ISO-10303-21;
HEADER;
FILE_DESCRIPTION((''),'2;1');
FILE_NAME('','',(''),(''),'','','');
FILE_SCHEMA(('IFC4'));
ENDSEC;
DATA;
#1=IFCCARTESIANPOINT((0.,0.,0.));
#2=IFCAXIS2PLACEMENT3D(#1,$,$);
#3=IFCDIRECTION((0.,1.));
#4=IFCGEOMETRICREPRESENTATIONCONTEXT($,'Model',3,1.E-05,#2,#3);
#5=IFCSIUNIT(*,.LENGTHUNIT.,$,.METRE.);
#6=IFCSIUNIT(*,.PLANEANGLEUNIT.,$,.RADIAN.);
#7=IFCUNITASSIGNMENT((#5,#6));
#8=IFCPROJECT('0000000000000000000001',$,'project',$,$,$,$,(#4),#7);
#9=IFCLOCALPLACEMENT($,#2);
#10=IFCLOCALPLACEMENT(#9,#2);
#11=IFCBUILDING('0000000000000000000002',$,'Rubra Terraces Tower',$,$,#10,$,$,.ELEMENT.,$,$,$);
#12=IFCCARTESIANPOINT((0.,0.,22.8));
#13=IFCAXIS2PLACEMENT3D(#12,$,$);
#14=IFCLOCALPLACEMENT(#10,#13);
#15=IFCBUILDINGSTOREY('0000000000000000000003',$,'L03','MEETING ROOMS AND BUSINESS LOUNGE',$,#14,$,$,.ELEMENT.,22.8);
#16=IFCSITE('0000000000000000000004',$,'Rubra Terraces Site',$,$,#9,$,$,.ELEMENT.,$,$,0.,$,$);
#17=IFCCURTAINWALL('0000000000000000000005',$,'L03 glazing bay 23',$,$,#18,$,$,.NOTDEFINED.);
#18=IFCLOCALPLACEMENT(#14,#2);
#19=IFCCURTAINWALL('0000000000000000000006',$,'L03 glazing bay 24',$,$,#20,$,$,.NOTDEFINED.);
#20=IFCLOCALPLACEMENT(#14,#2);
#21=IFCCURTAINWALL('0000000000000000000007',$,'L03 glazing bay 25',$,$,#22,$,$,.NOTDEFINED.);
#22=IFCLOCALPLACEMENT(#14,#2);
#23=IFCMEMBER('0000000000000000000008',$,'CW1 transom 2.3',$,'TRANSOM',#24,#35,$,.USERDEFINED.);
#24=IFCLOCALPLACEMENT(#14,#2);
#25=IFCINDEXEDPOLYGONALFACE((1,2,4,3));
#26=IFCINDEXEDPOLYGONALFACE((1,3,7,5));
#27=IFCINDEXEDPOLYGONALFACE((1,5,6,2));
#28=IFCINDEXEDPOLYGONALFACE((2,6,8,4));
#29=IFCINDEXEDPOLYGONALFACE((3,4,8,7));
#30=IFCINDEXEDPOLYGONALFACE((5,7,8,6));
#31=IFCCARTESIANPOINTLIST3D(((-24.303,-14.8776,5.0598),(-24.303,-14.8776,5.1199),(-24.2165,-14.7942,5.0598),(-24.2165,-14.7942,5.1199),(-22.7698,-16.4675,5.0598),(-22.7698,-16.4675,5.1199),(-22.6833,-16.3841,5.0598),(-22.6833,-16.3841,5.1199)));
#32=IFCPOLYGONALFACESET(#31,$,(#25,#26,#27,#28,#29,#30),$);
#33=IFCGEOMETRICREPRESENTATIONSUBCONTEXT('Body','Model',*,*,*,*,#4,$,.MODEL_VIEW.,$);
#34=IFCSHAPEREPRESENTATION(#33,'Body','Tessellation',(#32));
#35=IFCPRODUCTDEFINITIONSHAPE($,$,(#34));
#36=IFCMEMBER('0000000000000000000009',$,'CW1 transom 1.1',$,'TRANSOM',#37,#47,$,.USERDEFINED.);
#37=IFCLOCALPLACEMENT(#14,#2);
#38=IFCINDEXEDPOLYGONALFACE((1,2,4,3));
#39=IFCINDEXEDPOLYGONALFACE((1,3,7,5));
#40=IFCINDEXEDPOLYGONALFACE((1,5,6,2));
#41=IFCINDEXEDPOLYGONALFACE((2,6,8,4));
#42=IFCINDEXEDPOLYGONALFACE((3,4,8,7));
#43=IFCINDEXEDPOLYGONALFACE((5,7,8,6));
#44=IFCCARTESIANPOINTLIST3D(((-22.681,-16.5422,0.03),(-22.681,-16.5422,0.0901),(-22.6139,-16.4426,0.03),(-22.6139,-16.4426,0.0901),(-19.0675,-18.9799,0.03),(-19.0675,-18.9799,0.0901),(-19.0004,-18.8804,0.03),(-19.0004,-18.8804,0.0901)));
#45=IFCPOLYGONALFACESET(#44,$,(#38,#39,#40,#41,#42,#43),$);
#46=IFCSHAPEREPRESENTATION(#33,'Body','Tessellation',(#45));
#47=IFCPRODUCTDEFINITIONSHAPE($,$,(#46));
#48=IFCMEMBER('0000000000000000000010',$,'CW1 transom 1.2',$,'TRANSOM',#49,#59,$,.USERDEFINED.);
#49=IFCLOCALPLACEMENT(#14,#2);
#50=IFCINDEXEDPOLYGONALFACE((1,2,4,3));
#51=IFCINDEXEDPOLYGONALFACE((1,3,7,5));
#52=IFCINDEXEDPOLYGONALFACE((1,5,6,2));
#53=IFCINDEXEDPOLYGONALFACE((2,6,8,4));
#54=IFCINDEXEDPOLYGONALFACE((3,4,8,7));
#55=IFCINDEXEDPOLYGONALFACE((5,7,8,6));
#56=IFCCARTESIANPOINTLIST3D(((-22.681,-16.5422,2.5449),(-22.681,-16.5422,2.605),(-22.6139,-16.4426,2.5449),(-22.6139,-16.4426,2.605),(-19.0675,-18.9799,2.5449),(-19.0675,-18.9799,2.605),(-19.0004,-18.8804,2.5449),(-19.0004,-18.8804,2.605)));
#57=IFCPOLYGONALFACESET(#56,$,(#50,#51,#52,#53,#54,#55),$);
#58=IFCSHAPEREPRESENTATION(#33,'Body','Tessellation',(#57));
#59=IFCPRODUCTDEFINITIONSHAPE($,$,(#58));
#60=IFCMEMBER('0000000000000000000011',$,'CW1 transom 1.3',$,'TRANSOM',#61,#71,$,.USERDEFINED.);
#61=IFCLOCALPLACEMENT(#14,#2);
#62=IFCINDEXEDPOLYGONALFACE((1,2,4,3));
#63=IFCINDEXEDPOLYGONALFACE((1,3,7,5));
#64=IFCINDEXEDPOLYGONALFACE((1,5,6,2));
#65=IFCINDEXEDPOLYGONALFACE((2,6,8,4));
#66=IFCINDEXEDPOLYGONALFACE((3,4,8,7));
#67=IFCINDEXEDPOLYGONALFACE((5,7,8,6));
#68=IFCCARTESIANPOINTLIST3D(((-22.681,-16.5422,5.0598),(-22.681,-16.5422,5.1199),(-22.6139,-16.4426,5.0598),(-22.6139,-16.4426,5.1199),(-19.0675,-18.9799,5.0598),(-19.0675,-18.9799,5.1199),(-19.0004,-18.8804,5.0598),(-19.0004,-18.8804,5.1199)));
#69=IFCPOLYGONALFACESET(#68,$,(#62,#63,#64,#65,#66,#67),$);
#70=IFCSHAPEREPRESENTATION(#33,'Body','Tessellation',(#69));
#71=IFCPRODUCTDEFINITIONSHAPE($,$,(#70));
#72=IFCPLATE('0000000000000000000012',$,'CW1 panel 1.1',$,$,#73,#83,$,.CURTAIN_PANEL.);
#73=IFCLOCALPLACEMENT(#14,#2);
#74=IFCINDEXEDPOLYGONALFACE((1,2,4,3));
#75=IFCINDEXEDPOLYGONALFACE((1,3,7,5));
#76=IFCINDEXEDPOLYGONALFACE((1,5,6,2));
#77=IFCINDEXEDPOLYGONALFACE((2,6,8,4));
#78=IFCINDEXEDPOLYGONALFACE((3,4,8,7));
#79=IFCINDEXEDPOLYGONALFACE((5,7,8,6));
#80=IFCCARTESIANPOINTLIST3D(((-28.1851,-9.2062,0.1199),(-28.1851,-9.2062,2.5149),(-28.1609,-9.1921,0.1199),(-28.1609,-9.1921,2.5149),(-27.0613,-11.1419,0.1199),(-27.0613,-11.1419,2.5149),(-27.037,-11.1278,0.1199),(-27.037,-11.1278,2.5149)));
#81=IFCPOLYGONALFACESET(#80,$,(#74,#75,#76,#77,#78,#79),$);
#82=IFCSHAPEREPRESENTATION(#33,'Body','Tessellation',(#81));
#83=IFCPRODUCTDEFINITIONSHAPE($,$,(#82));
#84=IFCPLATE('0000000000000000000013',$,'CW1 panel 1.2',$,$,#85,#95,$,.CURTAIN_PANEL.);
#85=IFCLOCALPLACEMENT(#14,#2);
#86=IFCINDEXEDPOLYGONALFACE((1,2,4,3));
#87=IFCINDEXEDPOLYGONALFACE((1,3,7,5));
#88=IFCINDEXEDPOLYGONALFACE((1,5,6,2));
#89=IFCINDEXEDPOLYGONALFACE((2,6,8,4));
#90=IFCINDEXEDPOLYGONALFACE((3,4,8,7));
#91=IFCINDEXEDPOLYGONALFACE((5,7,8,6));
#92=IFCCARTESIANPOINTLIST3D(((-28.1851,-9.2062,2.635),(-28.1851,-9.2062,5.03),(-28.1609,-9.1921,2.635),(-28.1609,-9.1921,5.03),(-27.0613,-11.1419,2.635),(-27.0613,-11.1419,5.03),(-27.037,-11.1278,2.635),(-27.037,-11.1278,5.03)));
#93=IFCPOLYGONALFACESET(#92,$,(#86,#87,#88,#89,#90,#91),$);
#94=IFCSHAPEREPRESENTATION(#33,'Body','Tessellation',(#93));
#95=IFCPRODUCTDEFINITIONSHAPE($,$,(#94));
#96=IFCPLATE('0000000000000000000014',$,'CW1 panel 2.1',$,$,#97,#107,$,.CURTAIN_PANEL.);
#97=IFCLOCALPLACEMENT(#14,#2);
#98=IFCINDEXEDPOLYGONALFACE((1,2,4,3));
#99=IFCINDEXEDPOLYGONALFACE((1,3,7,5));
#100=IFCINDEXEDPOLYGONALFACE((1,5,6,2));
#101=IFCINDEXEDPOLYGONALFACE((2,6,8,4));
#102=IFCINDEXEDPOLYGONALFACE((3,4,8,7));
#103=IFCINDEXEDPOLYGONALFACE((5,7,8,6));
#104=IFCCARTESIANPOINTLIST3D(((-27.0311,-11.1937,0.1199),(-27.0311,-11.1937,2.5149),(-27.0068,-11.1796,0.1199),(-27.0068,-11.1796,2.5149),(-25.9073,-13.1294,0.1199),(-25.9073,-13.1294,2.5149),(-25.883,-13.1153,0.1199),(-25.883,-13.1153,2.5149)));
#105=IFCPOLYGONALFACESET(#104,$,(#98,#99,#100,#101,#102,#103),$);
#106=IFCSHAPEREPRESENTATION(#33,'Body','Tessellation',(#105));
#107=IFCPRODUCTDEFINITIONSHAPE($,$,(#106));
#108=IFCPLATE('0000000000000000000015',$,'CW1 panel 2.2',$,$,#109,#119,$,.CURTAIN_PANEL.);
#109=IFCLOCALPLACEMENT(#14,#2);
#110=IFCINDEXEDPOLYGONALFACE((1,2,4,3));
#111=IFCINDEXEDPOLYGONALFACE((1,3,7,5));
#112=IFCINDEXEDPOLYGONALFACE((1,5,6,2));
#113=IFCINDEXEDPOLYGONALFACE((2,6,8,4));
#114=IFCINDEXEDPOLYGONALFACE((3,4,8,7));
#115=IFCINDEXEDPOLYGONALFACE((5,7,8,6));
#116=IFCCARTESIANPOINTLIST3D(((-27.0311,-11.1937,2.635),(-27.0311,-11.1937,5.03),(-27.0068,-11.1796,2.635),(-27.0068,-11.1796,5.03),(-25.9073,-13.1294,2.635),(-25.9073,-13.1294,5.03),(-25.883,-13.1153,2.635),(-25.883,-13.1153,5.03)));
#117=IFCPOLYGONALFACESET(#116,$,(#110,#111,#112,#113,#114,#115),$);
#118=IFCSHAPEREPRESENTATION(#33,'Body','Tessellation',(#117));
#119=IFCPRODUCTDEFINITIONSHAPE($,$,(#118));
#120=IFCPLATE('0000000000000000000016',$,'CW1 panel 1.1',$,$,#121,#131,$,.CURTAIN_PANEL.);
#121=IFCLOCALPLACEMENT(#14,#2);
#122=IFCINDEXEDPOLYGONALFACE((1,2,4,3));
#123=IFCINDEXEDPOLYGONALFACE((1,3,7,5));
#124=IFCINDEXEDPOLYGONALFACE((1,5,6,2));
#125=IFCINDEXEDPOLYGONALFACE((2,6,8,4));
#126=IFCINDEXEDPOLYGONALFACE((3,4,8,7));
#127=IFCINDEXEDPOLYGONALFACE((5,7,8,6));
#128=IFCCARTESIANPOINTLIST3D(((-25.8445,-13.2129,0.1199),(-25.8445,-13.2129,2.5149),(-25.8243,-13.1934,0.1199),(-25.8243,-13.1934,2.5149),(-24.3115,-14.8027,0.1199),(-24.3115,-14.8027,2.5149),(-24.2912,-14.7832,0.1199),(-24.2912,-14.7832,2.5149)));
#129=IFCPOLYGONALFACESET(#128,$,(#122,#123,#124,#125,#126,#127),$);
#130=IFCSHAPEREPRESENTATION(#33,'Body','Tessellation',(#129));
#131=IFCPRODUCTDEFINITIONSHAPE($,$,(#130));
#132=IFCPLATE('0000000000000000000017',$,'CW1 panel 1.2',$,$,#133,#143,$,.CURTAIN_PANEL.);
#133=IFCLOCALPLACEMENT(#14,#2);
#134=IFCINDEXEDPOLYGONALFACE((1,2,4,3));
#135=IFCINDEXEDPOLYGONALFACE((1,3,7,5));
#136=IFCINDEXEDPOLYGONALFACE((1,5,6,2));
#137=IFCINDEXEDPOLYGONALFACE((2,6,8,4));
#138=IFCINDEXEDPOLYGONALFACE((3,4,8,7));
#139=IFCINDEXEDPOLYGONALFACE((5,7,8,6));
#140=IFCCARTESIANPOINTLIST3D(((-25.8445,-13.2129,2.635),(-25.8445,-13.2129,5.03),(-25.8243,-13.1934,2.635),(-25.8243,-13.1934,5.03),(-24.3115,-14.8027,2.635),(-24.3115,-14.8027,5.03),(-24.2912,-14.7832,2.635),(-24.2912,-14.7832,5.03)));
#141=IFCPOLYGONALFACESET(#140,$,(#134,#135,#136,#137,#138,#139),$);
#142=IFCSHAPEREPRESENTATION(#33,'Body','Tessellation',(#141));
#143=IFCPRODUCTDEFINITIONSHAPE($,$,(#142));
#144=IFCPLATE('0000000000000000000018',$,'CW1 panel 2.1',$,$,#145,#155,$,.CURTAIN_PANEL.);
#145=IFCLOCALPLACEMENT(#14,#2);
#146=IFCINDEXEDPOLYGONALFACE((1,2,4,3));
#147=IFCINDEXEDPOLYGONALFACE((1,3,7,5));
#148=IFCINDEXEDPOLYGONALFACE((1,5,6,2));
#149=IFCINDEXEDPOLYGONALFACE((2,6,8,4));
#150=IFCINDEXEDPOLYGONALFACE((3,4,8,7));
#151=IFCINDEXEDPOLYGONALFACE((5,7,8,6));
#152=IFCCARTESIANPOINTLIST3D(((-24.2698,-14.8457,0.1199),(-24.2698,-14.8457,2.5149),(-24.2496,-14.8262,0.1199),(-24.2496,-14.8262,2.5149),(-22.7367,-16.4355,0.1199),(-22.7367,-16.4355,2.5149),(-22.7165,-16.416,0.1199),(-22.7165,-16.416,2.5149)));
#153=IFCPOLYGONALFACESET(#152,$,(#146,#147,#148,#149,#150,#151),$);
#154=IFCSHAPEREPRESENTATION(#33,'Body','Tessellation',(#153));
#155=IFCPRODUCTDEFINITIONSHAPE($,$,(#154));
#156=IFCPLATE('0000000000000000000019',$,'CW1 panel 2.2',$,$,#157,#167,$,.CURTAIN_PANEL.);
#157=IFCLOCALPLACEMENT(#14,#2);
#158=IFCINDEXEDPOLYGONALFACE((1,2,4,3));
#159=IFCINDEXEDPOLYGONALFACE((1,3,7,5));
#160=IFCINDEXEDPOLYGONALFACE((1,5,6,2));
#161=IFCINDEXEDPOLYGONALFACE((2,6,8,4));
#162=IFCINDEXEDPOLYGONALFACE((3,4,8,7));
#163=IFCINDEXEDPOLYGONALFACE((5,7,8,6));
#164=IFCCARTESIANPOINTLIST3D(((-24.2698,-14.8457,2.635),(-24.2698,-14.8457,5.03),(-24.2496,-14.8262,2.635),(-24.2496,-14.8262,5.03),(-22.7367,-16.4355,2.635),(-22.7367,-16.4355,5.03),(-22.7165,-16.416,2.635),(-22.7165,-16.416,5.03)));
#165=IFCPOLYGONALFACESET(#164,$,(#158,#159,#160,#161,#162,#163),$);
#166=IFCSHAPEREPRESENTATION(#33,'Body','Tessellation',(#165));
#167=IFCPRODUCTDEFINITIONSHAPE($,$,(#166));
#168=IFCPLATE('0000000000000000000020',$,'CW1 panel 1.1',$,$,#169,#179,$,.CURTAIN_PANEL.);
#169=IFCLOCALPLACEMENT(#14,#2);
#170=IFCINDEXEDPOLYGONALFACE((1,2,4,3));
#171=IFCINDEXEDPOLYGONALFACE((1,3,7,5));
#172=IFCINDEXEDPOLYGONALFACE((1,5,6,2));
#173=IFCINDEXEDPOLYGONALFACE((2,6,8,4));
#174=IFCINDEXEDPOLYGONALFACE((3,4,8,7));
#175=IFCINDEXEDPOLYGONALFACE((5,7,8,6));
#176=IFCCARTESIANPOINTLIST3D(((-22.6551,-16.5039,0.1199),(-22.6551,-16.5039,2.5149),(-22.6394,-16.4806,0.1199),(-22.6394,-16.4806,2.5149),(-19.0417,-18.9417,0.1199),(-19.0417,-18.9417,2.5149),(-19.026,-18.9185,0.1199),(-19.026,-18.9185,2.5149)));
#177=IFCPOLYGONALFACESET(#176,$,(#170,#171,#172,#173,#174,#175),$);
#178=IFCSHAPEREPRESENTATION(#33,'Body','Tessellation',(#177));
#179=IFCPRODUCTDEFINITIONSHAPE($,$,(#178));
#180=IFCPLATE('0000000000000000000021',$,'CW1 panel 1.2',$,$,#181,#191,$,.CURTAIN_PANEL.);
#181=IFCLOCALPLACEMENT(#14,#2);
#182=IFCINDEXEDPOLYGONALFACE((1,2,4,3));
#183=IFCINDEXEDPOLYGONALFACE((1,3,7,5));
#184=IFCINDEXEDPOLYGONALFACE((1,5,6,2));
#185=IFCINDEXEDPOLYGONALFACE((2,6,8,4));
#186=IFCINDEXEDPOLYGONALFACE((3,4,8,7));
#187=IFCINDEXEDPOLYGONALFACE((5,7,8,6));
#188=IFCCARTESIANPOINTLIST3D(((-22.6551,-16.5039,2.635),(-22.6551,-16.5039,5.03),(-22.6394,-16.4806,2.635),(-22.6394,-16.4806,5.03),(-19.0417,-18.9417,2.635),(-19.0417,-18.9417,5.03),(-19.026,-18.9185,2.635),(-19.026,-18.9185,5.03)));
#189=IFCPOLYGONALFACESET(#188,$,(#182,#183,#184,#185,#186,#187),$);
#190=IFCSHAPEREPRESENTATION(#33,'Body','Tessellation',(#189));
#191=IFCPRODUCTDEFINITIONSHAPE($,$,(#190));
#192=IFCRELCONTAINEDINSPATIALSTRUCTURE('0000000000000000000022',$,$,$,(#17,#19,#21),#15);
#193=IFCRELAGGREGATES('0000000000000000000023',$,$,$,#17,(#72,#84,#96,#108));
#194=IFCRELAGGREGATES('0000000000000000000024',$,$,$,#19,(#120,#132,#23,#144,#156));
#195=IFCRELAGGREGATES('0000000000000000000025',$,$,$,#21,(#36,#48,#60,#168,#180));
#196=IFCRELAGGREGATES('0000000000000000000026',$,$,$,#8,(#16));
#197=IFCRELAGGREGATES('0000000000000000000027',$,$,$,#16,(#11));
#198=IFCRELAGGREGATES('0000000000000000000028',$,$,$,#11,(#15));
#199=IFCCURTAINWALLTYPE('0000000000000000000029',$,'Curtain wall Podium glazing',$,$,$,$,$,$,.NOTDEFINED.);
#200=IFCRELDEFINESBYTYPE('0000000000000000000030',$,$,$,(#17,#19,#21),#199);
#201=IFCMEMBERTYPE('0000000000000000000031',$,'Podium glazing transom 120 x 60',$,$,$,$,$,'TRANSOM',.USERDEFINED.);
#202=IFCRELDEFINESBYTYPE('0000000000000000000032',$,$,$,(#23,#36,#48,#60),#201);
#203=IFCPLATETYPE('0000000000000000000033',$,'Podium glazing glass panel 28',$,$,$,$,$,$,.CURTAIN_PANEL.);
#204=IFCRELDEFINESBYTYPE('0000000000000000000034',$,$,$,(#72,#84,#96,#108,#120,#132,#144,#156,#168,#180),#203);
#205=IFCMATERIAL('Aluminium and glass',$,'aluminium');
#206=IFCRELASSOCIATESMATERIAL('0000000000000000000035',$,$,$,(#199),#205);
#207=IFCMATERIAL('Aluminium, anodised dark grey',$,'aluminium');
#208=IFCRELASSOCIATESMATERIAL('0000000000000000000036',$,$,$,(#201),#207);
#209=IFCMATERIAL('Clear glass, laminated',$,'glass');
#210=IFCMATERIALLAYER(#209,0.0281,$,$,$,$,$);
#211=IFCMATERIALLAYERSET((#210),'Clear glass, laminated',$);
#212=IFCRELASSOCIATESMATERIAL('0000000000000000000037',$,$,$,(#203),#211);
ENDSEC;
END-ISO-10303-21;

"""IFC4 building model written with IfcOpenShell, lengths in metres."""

from ifc_helpers import new_model, si_unit, direction, frame, origin, origin_2d, place, context, subcontext, project, spatial, rectangle, extrude, material, layer, layer_set, material_profile, profile_set, type_object, element, aggregate, save


model = new_model("IFC4")

# Units and contexts
model_context = context("Model", 3, precision=1e-05, world=origin(), true_north=direction((0.0, 1.0)))
body_context = subcontext(model_context, "Body", "Model", "MODEL_VIEW")
ifc_project = project(units=[si_unit("LENGTHUNIT", "METRE"), si_unit("PLANEANGLEUNIT", "RADIAN")], contexts=[model_context])

# Site, building, storey
site_placement = place(None, origin())
site = spatial("IfcSite", under=ifc_project, at=site_placement, Name="Rubra Terraces Site", CompositionType="ELEMENT", RefElevation=0.0)
building_placement = place(site_placement, origin())
building = spatial("IfcBuilding", under=site, at=building_placement, Name="Rubra Terraces Tower", CompositionType="ELEMENT")
storey_placement = place(building_placement, frame((0.0, 0.0, 22.8)))
storey = spatial("IfcBuildingStorey", under=building, at=storey_placement, Name="L03", Description="MEETING ROOMS AND BUSINESS LOUNGE", CompositionType="ELEMENT", Elevation=22.8)

# Curtain wall
ifc_material_1 = material(Name="Aluminium and glass", Category="aluminium")
curtain_wall_type = type_object("IfcCurtainWallType", Name="Curtain wall Podium glazing", PredefinedType="NOTDEFINED", material=ifc_material_1)
curtain_wall_1_placement = place(storey_placement, origin())
curtain_wall_1 = element("IfcCurtainWall", 1, at=curtain_wall_1_placement, inside=storey, type_object=curtain_wall_type, Name="L03 glazing bay 23", PredefinedType="NOTDEFINED")
ifc_material_2 = material(Name="Aluminium, anodised dark grey", Category="aluminium")

# Curtain wall
curtain_wall_2_placement = place(storey_placement, origin())
curtain_wall_2 = element("IfcCurtainWall", 2, at=curtain_wall_2_placement, inside=storey, type_object=curtain_wall_type, Name="L03 glazing bay 24", PredefinedType="NOTDEFINED")

# Curtain wall
curtain_wall_3_placement = place(storey_placement, origin())
curtain_wall_3 = element("IfcCurtainWall", 3, at=curtain_wall_3_placement, inside=storey, type_object=curtain_wall_type, Name="L03 glazing bay 25", PredefinedType="NOTDEFINED")

# Members
ifc_material_profile_1 = material_profile(ifc_material_2, rectangle(XDim=0.1201, YDim=0.0601, at=origin_2d()), Name="AL 120x60")
ifc_profile_set_1 = profile_set([ifc_material_profile_1], Name="Aluminium, anodised dark grey")
member_type_1 = type_object("IfcMemberType", Name="Podium glazing transom 120 x 60", ElementType="TRANSOM", PredefinedType="USERDEFINED", material=ifc_profile_set_1)
member_1_placement = place(storey_placement, frame((-24.2598, -14.8359, 5.0898), z_axis=(0.694168, -0.719813, 0.0), x_axis=(0.719813, 0.694168, 0.0)))
member_1 = element("IfcMember", 4, at=member_1_placement, type_object=member_type_1, Name="CW1 transom 2.3", ObjectType="TRANSOM", PredefinedType="USERDEFINED", context=body_context, shape_type="SweptSolid", body=[
    extrude(rectangle(XDim=0.1201, YDim=0.0601, at=origin_2d()), origin(), (0.0, 0.0, 1.0), 2.2087),
])
member_2_placement = place(storey_placement, frame((-22.6475, -16.4924, 0.0601), z_axis=(0.828996, -0.559254, 0.0), x_axis=(0.559254, 0.828996, 0.0)))
member_2 = element("IfcMember", 5, at=member_2_placement, type_object=member_type_1, Name="CW1 transom 1.1", ObjectType="TRANSOM", PredefinedType="USERDEFINED", context=body_context, shape_type="SweptSolid", body=[
    extrude(rectangle(XDim=0.1201, YDim=0.0601, at=origin_2d()), origin(), (0.0, 0.0, 1.0), 4.3589),
])
member_3_placement = place(storey_placement, frame((-22.6475, -16.4924, 2.575), z_axis=(0.828996, -0.559254, 0.0), x_axis=(0.559254, 0.828996, 0.0)))
member_3 = element("IfcMember", 6, at=member_3_placement, type_object=member_type_1, Name="CW1 transom 1.2", ObjectType="TRANSOM", PredefinedType="USERDEFINED", context=body_context, shape_type="SweptSolid", body=[
    extrude(rectangle(XDim=0.1201, YDim=0.0601, at=origin_2d()), origin(), (0.0, 0.0, 1.0), 4.3589),
])
member_4_placement = place(storey_placement, frame((-22.6475, -16.4924, 5.0898), z_axis=(0.828996, -0.559254, 0.0), x_axis=(0.559254, 0.828996, 0.0)))
member_4 = element("IfcMember", 7, at=member_4_placement, type_object=member_type_1, Name="CW1 transom 1.3", ObjectType="TRANSOM", PredefinedType="USERDEFINED", context=body_context, shape_type="SweptSolid", body=[
    extrude(rectangle(XDim=0.1201, YDim=0.0601, at=origin_2d()), origin(), (0.0, 0.0, 1.0), 4.3589),
])

# Plates
ifc_material_3 = material(Name="Clear glass, laminated", Category="glass")
ifc_layer_1 = layer(ifc_material_3, 0.0281)
ifc_layer_set_1 = layer_set([ifc_layer_1], Name="Clear glass, laminated")
plate_type = type_object("IfcPlateType", Name="Podium glazing glass panel 28", PredefinedType="CURTAIN_PANEL", material=ifc_layer_set_1)
plate_1_placement = place(storey_placement, frame((-27.6111, -10.167, 0.1199), z_axis=(0.0, 0.0, 1.0), x_axis=(0.502094, -0.864813, 0.0)))
plate_1 = element("IfcPlate", 8, at=plate_1_placement, type_object=plate_type, Name="CW1 panel 1.1", PredefinedType="CURTAIN_PANEL", context=body_context, shape_type="SweptSolid", body=[
    extrude(rectangle(XDim=2.2383, YDim=0.0281, at=origin_2d()), origin(), (0.0, 0.0, 1.0), 2.395),
])
plate_2_placement = place(storey_placement, frame((-27.6111, -10.167, 2.635), z_axis=(0.0, 0.0, 1.0), x_axis=(0.502094, -0.864813, 0.0)))
plate_2 = element("IfcPlate", 9, at=plate_2_placement, type_object=plate_type, Name="CW1 panel 1.2", PredefinedType="CURTAIN_PANEL", context=body_context, shape_type="SweptSolid", body=[
    extrude(rectangle(XDim=2.2383, YDim=0.0281, at=origin_2d()), origin(), (0.0, 0.0, 1.0), 2.395),
])
plate_3_placement = place(storey_placement, frame((-26.457, -12.1545, 0.1199), z_axis=(0.0, 0.0, 1.0), x_axis=(0.502094, -0.864813, 0.0)))
plate_3 = element("IfcPlate", 10, at=plate_3_placement, type_object=plate_type, Name="CW1 panel 2.1", PredefinedType="CURTAIN_PANEL", context=body_context, shape_type="SweptSolid", body=[
    extrude(rectangle(XDim=2.2383, YDim=0.0281, at=origin_2d()), origin(), (0.0, 0.0, 1.0), 2.395),
])
plate_4_placement = place(storey_placement, frame((-26.457, -12.1545, 2.635), z_axis=(0.0, 0.0, 1.0), x_axis=(0.502094, -0.864813, 0.0)))
plate_4 = element("IfcPlate", 11, at=plate_4_placement, type_object=plate_type, Name="CW1 panel 2.2", PredefinedType="CURTAIN_PANEL", context=body_context, shape_type="SweptSolid", body=[
    extrude(rectangle(XDim=2.2383, YDim=0.0281, at=origin_2d()), origin(), (0.0, 0.0, 1.0), 2.395),
])
aggregate(curtain_wall_1, [plate_1, plate_2, plate_3, plate_4])
plate_5_placement = place(storey_placement, frame((-25.0679, -13.998, 0.1199), z_axis=(0.0, 0.0, 1.0), x_axis=(0.694156, -0.719825, 0.0)))
plate_5 = element("IfcPlate", 12, at=plate_5_placement, type_object=plate_type, Name="CW1 panel 1.1", PredefinedType="CURTAIN_PANEL", context=body_context, shape_type="SweptSolid", body=[
    extrude(rectangle(XDim=2.2085, YDim=0.0281, at=origin_2d()), origin(), (0.0, 0.0, 1.0), 2.395),
])
plate_6_placement = place(storey_placement, frame((-25.0679, -13.998, 2.635), z_axis=(0.0, 0.0, 1.0), x_axis=(0.694156, -0.719825, 0.0)))
plate_6 = element("IfcPlate", 13, at=plate_6_placement, type_object=plate_type, Name="CW1 panel 1.2", PredefinedType="CURTAIN_PANEL", context=body_context, shape_type="SweptSolid", body=[
    extrude(rectangle(XDim=2.2085, YDim=0.0281, at=origin_2d()), origin(), (0.0, 0.0, 1.0), 2.395),
])
plate_7_placement = place(storey_placement, frame((-23.4932, -15.6309, 0.1199), z_axis=(0.0, 0.0, 1.0), x_axis=(0.694156, -0.719825, 0.0)))
plate_7 = element("IfcPlate", 14, at=plate_7_placement, type_object=plate_type, Name="CW1 panel 2.1", PredefinedType="CURTAIN_PANEL", context=body_context, shape_type="SweptSolid", body=[
    extrude(rectangle(XDim=2.2085, YDim=0.0281, at=origin_2d()), origin(), (0.0, 0.0, 1.0), 2.395),
])
plate_8_placement = place(storey_placement, frame((-23.4932, -15.6309, 2.635), z_axis=(0.0, 0.0, 1.0), x_axis=(0.694156, -0.719825, 0.0)))
plate_8 = element("IfcPlate", 15, at=plate_8_placement, type_object=plate_type, Name="CW1 panel 2.2", PredefinedType="CURTAIN_PANEL", context=body_context, shape_type="SweptSolid", body=[
    extrude(rectangle(XDim=2.2085, YDim=0.0281, at=origin_2d()), origin(), (0.0, 0.0, 1.0), 2.395),
])
aggregate(curtain_wall_2, [plate_5, plate_6, member_1, plate_7, plate_8])
plate_9_placement = place(storey_placement, frame((-20.8406, -17.7112, 0.1199), z_axis=(0.0, 0.0, 1.0), x_axis=(0.828981, -0.559277, 0.0)))
plate_9 = element("IfcPlate", 16, at=plate_9_placement, type_object=plate_type, Name="CW1 panel 1.1", PredefinedType="CURTAIN_PANEL", context=body_context, shape_type="SweptSolid", body=[
    extrude(rectangle(XDim=4.3589, YDim=0.0281, at=origin_2d()), origin(), (0.0, 0.0, 1.0), 2.395),
])
plate_10_placement = place(storey_placement, frame((-20.8406, -17.7112, 2.635), z_axis=(0.0, 0.0, 1.0), x_axis=(0.828981, -0.559277, 0.0)))
plate_10 = element("IfcPlate", 17, at=plate_10_placement, type_object=plate_type, Name="CW1 panel 1.2", PredefinedType="CURTAIN_PANEL", context=body_context, shape_type="SweptSolid", body=[
    extrude(rectangle(XDim=4.3589, YDim=0.0281, at=origin_2d()), origin(), (0.0, 0.0, 1.0), 2.395),
])
aggregate(curtain_wall_3, [member_2, member_3, member_4, plate_9, plate_10])

save(model, "model.ifc")
